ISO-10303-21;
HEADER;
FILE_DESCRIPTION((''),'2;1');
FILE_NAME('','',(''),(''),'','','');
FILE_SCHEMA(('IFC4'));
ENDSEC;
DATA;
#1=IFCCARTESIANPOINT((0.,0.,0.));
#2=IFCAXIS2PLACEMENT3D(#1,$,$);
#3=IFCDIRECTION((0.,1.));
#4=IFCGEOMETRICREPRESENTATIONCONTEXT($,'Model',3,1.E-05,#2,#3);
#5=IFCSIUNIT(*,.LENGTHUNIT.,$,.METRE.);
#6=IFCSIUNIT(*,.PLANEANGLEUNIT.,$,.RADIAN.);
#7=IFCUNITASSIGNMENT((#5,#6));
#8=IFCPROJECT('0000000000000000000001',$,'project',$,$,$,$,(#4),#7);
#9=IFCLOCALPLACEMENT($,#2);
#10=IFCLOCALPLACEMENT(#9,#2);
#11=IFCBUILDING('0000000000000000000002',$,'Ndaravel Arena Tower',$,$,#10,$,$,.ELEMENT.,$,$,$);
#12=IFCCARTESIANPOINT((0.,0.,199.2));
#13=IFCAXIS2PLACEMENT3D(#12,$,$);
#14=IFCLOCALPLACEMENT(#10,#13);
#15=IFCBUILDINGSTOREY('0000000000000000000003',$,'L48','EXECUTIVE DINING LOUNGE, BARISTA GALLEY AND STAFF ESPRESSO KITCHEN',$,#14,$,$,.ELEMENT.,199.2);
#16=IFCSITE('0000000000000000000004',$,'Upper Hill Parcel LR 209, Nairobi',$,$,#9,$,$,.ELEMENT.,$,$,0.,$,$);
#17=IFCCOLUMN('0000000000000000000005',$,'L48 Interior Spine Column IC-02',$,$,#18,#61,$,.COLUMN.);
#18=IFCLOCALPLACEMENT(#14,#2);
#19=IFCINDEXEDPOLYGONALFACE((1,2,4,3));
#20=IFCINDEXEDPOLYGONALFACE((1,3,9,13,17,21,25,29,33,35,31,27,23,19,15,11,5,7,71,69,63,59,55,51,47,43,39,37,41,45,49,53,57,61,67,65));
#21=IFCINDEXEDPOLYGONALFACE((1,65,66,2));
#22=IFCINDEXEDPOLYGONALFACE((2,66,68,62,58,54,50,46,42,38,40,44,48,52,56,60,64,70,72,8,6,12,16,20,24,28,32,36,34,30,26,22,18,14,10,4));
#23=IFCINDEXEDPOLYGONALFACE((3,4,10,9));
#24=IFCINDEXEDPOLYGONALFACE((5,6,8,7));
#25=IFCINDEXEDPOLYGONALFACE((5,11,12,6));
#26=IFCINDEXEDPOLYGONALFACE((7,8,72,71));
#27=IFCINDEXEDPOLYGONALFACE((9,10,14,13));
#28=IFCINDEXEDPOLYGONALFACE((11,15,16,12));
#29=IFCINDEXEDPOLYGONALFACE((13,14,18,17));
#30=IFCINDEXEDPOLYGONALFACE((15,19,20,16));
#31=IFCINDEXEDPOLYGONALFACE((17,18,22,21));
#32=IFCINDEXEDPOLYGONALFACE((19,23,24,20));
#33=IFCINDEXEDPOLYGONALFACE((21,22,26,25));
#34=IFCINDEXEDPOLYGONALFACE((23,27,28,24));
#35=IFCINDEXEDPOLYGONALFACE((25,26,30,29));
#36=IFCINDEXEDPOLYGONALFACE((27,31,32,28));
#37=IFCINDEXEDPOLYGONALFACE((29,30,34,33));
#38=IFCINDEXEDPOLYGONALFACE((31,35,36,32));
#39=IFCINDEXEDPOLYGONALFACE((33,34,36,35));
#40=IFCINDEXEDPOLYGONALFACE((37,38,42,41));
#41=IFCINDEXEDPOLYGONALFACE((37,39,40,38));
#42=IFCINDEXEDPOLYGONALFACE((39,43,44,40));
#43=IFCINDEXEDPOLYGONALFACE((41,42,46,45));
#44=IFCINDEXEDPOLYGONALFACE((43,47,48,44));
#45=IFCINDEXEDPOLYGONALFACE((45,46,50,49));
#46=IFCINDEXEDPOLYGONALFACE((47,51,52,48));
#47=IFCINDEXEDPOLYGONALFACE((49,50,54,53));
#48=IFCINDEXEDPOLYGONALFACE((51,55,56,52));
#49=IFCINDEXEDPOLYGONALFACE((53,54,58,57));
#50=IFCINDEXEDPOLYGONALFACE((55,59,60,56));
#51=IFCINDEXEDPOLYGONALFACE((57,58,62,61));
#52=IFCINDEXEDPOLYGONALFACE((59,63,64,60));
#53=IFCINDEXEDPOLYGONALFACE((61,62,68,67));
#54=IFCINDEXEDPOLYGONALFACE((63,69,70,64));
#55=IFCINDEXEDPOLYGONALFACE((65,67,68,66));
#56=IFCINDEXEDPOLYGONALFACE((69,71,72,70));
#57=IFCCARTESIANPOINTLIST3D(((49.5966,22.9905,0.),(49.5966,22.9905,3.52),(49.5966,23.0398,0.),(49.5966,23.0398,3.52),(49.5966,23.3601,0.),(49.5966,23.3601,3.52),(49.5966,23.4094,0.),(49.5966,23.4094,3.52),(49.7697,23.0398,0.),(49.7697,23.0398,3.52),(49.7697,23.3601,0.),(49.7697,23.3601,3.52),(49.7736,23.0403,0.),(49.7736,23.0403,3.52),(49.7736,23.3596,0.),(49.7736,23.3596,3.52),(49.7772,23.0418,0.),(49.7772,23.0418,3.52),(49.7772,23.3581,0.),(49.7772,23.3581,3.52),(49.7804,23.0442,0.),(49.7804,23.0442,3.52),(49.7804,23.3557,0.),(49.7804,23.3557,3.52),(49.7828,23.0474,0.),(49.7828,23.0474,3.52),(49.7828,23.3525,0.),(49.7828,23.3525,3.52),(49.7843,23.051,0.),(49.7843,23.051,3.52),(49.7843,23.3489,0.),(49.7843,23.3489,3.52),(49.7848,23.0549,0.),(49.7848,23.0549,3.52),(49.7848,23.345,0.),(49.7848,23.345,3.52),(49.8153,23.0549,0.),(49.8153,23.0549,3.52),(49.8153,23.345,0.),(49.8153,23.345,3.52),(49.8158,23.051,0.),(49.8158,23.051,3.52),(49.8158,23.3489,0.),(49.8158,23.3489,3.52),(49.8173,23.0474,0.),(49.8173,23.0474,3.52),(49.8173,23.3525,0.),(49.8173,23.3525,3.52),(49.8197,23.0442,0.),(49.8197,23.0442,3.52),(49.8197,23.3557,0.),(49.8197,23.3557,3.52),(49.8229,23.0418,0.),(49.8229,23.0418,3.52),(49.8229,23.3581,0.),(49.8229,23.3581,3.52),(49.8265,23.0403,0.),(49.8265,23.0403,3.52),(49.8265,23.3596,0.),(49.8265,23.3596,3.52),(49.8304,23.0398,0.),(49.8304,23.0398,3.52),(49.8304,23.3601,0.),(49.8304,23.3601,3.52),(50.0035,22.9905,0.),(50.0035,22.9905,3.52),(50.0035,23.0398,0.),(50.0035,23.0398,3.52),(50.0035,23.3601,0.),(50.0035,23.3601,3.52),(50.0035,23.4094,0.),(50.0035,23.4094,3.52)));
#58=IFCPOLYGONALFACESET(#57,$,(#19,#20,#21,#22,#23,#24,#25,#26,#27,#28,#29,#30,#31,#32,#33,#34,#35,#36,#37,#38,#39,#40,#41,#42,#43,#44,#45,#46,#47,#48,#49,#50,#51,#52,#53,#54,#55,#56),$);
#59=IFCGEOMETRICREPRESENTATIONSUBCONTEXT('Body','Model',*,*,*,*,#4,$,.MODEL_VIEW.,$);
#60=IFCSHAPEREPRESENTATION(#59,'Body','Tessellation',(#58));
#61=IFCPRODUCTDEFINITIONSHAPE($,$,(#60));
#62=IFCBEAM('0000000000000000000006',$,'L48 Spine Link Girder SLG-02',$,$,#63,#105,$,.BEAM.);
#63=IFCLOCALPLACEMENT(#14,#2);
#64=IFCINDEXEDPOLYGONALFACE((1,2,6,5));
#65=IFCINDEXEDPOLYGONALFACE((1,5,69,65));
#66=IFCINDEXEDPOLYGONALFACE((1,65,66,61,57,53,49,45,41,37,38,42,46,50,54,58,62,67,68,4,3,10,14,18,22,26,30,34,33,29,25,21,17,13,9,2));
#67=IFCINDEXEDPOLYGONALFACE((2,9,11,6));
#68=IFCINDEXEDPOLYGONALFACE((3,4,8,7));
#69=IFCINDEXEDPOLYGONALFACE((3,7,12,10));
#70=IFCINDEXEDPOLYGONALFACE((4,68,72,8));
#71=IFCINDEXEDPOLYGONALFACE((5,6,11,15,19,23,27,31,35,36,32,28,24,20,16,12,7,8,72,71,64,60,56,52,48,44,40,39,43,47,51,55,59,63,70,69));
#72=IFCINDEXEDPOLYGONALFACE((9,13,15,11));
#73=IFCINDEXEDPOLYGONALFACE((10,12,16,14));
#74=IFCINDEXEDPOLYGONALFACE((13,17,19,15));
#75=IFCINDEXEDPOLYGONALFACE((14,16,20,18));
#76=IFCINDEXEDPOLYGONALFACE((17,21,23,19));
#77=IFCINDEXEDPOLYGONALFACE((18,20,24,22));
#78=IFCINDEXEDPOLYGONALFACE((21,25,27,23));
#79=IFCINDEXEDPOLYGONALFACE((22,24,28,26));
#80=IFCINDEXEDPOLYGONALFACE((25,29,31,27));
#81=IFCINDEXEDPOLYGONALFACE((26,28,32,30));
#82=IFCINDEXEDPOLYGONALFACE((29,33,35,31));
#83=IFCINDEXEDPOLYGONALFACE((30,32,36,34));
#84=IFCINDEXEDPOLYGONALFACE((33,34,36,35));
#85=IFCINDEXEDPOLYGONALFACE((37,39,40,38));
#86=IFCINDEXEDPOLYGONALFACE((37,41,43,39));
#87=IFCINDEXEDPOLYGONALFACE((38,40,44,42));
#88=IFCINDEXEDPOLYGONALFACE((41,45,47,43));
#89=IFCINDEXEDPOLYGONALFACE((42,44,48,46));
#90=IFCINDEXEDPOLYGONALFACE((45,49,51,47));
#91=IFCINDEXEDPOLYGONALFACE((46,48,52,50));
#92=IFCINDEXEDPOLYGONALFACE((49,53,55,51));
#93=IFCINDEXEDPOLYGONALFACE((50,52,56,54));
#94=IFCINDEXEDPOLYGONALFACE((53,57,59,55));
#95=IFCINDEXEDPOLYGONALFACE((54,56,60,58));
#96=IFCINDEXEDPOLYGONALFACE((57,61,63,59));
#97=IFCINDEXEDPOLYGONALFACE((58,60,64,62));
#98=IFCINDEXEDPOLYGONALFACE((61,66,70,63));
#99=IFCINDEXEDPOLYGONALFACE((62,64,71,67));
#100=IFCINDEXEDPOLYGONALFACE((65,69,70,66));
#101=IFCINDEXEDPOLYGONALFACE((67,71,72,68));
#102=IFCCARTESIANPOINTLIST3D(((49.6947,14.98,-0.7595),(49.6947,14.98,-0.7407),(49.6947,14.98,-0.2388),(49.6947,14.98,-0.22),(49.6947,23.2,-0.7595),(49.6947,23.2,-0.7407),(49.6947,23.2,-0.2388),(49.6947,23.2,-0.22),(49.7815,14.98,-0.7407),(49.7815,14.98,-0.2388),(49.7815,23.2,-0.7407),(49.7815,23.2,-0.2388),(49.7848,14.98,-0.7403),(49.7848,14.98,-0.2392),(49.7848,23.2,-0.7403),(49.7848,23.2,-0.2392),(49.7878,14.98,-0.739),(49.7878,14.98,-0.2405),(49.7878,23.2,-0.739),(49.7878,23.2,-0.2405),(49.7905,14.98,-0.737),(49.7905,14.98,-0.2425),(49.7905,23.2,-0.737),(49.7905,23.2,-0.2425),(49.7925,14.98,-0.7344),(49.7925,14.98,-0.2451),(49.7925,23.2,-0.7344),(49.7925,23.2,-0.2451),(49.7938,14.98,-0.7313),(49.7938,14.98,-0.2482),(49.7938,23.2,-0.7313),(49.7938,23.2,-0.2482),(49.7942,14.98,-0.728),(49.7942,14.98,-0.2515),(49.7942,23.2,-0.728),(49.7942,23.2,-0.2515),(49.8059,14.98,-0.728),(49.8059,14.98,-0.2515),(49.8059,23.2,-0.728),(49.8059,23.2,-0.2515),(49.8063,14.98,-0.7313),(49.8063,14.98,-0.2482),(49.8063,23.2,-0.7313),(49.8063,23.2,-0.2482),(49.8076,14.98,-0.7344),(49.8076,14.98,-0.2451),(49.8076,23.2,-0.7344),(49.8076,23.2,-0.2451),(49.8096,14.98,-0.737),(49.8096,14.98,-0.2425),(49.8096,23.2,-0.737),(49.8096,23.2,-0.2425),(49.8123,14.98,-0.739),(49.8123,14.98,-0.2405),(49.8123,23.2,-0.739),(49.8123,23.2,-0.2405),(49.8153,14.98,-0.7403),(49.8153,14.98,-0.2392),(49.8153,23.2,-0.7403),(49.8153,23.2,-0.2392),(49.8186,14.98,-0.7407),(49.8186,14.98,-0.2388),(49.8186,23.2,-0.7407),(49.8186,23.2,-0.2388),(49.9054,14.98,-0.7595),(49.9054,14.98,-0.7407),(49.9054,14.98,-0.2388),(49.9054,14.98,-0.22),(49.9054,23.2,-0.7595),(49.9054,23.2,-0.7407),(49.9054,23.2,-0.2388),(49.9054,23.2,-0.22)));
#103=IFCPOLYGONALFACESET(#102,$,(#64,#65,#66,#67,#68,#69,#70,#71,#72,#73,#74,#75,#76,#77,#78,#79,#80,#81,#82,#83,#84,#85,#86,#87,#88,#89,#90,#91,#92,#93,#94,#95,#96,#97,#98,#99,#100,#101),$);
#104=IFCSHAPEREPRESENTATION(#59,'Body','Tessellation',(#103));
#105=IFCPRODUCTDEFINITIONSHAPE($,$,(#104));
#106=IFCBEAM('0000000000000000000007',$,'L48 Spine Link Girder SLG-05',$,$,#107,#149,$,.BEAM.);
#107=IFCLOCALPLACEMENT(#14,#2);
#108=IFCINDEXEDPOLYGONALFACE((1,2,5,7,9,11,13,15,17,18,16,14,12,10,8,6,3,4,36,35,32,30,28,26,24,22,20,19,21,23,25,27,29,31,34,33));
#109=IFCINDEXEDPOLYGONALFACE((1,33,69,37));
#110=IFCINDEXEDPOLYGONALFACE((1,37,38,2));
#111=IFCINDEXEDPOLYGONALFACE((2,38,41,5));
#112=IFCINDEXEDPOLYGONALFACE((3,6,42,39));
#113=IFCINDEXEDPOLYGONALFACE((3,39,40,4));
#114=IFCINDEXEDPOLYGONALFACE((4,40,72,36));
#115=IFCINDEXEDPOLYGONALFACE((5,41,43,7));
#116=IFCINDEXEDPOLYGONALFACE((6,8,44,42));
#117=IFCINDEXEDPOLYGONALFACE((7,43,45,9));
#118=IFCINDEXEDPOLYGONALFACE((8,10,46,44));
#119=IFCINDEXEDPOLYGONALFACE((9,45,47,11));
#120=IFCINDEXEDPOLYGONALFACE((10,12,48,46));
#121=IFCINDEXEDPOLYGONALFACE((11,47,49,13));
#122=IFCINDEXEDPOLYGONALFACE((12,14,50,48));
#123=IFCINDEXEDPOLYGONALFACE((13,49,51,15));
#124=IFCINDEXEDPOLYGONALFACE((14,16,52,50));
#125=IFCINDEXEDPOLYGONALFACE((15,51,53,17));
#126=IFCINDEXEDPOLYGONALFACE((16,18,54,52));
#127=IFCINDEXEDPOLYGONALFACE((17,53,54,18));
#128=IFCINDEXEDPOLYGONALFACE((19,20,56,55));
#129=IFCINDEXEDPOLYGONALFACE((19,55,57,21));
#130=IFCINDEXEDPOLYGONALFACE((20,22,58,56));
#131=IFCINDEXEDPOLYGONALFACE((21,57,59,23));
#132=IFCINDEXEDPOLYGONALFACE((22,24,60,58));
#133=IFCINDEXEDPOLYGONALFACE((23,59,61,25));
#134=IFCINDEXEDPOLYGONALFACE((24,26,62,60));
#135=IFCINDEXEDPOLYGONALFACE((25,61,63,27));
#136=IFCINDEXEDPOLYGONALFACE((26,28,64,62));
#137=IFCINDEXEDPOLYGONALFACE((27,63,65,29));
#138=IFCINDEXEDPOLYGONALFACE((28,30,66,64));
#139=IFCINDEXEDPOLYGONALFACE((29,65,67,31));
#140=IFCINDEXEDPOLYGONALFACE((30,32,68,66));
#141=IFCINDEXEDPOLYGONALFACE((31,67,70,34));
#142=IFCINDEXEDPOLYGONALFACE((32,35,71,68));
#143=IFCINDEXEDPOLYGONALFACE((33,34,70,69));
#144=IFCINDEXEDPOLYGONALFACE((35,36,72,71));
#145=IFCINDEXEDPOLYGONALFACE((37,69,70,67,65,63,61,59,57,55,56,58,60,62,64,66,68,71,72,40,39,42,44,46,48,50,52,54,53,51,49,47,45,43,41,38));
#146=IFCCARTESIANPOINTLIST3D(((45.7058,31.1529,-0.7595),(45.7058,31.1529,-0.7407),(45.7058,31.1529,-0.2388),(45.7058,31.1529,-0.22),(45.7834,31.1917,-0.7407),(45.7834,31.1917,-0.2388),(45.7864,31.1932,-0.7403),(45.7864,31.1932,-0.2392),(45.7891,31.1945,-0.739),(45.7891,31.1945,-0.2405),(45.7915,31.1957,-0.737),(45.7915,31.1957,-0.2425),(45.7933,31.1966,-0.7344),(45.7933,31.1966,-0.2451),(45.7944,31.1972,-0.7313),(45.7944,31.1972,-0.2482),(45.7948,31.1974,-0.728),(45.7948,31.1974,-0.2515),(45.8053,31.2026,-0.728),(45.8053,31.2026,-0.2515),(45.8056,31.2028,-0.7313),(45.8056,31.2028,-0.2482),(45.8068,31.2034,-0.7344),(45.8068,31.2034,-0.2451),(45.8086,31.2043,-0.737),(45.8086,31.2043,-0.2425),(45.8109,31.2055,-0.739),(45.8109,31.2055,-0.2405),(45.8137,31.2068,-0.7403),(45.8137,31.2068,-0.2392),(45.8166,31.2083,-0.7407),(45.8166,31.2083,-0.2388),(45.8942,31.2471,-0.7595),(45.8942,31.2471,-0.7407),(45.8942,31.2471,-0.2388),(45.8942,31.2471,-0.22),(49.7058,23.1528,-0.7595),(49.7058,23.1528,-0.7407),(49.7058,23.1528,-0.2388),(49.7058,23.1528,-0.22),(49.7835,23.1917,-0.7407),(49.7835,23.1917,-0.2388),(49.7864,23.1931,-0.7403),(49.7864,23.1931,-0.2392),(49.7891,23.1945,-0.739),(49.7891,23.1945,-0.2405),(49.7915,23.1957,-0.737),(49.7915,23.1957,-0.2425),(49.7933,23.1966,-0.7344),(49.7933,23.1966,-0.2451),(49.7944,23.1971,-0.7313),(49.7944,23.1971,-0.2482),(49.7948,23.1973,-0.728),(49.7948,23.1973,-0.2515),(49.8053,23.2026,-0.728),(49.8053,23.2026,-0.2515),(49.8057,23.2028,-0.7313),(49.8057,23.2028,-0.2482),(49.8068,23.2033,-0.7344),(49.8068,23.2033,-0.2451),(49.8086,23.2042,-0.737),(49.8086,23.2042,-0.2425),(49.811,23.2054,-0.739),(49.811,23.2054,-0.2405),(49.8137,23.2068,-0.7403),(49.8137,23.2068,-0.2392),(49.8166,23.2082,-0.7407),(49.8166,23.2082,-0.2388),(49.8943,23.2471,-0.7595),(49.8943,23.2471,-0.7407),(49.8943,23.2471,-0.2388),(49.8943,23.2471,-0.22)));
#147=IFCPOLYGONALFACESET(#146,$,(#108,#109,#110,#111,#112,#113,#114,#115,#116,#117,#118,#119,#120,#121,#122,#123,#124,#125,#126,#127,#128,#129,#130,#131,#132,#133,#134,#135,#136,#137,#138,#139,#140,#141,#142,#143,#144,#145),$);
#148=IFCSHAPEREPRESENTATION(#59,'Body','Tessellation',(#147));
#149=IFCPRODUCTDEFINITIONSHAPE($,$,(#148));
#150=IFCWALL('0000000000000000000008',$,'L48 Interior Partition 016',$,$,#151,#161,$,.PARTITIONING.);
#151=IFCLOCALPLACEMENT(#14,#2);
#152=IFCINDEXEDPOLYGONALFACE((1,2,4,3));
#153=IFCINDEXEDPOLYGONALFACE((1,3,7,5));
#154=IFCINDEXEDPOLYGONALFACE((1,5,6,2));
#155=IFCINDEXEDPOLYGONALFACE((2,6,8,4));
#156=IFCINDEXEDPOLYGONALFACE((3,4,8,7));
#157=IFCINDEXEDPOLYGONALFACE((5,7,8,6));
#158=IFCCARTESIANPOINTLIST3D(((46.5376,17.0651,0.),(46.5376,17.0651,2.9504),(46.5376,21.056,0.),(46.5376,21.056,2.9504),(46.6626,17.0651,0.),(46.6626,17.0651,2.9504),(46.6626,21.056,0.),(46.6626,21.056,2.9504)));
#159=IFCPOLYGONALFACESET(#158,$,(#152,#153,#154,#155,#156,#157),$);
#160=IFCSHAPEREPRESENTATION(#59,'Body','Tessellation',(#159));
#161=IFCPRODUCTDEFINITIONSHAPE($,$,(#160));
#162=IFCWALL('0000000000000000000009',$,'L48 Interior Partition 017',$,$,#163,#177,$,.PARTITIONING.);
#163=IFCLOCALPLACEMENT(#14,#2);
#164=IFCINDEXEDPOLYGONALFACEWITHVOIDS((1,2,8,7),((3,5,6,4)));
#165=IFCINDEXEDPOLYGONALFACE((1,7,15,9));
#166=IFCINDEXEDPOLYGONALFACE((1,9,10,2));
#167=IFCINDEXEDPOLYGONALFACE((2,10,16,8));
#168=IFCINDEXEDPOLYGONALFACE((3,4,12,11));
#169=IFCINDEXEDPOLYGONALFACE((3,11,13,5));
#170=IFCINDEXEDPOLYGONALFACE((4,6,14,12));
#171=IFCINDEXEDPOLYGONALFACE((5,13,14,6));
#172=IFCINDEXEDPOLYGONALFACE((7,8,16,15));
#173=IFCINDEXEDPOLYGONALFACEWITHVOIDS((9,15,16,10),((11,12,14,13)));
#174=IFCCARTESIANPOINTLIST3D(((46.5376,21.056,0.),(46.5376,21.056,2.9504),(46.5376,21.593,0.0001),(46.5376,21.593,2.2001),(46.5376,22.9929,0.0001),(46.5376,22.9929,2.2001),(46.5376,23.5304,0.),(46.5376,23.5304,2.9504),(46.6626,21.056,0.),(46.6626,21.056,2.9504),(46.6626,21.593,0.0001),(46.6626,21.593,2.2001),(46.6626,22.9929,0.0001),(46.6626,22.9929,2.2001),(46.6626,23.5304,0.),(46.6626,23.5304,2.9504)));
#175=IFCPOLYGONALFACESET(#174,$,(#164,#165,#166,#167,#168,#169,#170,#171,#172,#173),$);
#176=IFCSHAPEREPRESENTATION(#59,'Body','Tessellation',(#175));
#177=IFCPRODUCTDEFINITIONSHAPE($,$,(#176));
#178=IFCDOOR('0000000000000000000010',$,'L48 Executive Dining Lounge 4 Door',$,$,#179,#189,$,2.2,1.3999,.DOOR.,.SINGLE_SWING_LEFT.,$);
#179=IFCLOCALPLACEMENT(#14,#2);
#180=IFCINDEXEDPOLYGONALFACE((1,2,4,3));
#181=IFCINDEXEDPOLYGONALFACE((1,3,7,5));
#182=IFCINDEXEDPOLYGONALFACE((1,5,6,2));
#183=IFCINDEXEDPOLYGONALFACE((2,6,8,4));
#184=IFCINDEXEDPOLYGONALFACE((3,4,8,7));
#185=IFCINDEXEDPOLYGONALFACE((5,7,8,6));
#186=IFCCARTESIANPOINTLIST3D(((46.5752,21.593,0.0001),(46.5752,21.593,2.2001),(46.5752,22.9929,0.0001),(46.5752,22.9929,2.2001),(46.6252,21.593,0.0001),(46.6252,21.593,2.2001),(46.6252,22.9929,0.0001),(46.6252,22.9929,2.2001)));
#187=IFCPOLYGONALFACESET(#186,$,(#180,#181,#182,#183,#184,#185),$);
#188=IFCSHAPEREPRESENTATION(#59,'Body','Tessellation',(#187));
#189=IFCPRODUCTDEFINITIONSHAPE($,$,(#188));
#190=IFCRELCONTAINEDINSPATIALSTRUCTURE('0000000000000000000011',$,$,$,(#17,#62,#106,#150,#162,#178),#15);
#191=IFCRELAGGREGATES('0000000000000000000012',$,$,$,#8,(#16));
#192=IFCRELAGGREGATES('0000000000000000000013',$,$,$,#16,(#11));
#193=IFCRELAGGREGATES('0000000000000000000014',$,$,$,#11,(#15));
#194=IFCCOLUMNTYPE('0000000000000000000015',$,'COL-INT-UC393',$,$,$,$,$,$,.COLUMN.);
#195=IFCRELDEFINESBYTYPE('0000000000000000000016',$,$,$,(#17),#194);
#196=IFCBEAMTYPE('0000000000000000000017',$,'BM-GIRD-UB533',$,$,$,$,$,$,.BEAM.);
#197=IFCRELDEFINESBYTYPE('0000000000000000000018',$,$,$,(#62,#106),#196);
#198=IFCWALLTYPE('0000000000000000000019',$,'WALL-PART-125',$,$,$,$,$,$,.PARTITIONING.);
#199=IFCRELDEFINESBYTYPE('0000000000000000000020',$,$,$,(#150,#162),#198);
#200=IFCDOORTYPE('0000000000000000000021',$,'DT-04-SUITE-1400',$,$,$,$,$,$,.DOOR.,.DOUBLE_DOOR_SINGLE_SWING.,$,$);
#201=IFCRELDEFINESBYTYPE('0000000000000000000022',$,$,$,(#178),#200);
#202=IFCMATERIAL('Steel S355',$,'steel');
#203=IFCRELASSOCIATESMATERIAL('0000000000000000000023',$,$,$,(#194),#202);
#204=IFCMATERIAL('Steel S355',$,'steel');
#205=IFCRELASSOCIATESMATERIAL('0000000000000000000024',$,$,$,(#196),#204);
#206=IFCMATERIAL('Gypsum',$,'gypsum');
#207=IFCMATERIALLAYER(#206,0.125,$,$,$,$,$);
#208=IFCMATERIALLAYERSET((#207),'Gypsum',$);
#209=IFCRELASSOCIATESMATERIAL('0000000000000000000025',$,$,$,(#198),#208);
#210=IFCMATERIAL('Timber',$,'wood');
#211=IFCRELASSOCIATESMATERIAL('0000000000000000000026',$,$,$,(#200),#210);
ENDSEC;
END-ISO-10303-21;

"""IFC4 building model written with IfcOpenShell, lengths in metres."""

from ifc_helpers import new_model, si_unit, direction, frame, frame_2d, origin, origin_2d, place, context, subcontext, project, spatial, rectangle, i_section, extrude, material, layer, layer_set, material_profile, profile_set, type_object, element, fill, save


model = new_model("IFC4")

# Units and contexts
model_context = context("Model", 3, precision=1e-05, world=origin(), true_north=direction((0.0, 1.0)))
body_context = subcontext(model_context, "Body", "Model", "MODEL_VIEW")
ifc_project = project(units=[si_unit("LENGTHUNIT", "METRE"), si_unit("PLANEANGLEUNIT", "RADIAN")], contexts=[model_context])

# Site, building, storey
site_placement = place(None, origin())
site = spatial("IfcSite", under=ifc_project, at=site_placement, Name="Upper Hill Parcel LR 209, Nairobi", CompositionType="ELEMENT", RefElevation=0.0)
building_placement = place(site_placement, origin())
building = spatial("IfcBuilding", under=site, at=building_placement, Name="Ndaravel Arena Tower", CompositionType="ELEMENT")
storey_placement = place(building_placement, frame((0.0, 0.0, 199.2)))
storey = spatial("IfcBuildingStorey", under=building, at=storey_placement, Name="L48", Description="EXECUTIVE DINING LOUNGE, BARISTA GALLEY AND STAFF ESPRESSO KITCHEN", CompositionType="ELEMENT", Elevation=199.2)

# Column
ifc_material_1 = material(Name="Steel S355", Category="steel")
ifc_material_profile_1 = material_profile(ifc_material_1, i_section(OverallWidth=0.407, OverallDepth=0.4189, WebThickness=0.0305, FlangeThickness=0.0493, FilletRadius=0.0151, at=origin_2d()), Name="UC 356x406x393")
ifc_profile_set_1 = profile_set([ifc_material_profile_1], Name="Steel S355")
column_type = type_object("IfcColumnType", Name="COL-INT-UC393", PredefinedType="COLUMN", material=ifc_profile_set_1)
column_placement = place(storey_placement, frame((49.8, 23.2, 0.0), z_axis=(0.0, 0.0, 1.0), x_axis=(1.0, 0.0, 0.0)))
element("IfcColumn", 1, at=column_placement, inside=storey, type_object=column_type, Name="L48 Interior Spine Column IC-02", PredefinedType="COLUMN", context=body_context, shape_type="SweptSolid", body=[
    extrude(i_section(OverallWidth=0.407, OverallDepth=0.4189, WebThickness=0.0305, FlangeThickness=0.0493, FilletRadius=0.0151, at=origin_2d()), origin(), (0.0, 0.0, 1.0), 3.52),
])

# Beams
ifc_material_2 = material(Name="Steel S355", Category="steel")
ifc_material_profile_2 = material_profile(ifc_material_2, i_section(OverallWidth=0.2107, OverallDepth=0.5396, WebThickness=0.0117, FlangeThickness=0.0188, FilletRadius=0.0127, at=origin_2d()), Name="UB 533x210x109")
ifc_profile_set_2 = profile_set([ifc_material_profile_2], Name="Steel S355")
beam_type = type_object("IfcBeamType", Name="BM-GIRD-UB533", PredefinedType="BEAM", material=ifc_profile_set_2)
beam_1_placement = place(storey_placement, frame((49.8, 14.98, -0.4897), z_axis=(0.0, 1.0, 0.0), x_axis=(-1.0, 0.0, 0.0)))
element("IfcBeam", 2, at=beam_1_placement, inside=storey, type_object=beam_type, Name="L48 Spine Link Girder SLG-02", PredefinedType="BEAM", context=body_context, shape_type="SweptSolid", body=[
    extrude(i_section(OverallWidth=0.2107, OverallDepth=0.5396, WebThickness=0.0117, FlangeThickness=0.0188, FilletRadius=0.0127, at=origin_2d()), origin(), (0.0, 0.0, 1.0), 8.22),
])
beam_2_placement = place(storey_placement, frame((49.8, 23.2, -0.4897), z_axis=(-0.447214, 0.894427, 0.0), x_axis=(-0.894427, -0.447214, 0.0)))
element("IfcBeam", 3, at=beam_2_placement, inside=storey, type_object=beam_type, Name="L48 Spine Link Girder SLG-05", PredefinedType="BEAM", context=body_context, shape_type="SweptSolid", body=[
    extrude(i_section(OverallWidth=0.2107, OverallDepth=0.5396, WebThickness=0.0117, FlangeThickness=0.0188, FilletRadius=0.0127, at=origin_2d()), origin(), (0.0, 0.0, 1.0), 8.9443),
])

# Wall
ifc_material_3 = material(Name="Gypsum", Category="gypsum")
ifc_layer_1 = layer(ifc_material_3, 0.125)
ifc_layer_set_1 = layer_set([ifc_layer_1], Name="Gypsum")
wall_type_1 = type_object("IfcWallType", Name="WALL-PART-125", PredefinedType="PARTITIONING", material=ifc_layer_set_1)
wall_1_placement = place(storey_placement, frame((46.6001, 17.0649, 0.0), z_axis=(0.0, 0.0, 1.0), x_axis=(0.0, 1.0, 0.0)))
element("IfcWall", 4, at=wall_1_placement, inside=storey, type_object=wall_type_1, Name="L48 Interior Partition 016", PredefinedType="PARTITIONING", context=body_context, shape_type="SweptSolid", body=[
    extrude(rectangle(XDim=3.991, YDim=0.125, at=frame_2d((1.9956, 0.0))), origin(), (0.0, 0.0, 1.0), 2.9504),
])

# Wall, opening, door
wall_2_placement = place(storey_placement, frame((46.6001, 21.0559, 0.0), z_axis=(0.0, 0.0, 1.0), x_axis=(0.0, 1.0, 0.0)))
wall_2 = element("IfcWall", 5, at=wall_2_placement, inside=storey, type_object=wall_type_1, Name="L48 Interior Partition 017", PredefinedType="PARTITIONING", context=body_context, shape_type="SweptSolid", body=[
    extrude(rectangle(XDim=2.4744, YDim=0.125, at=frame_2d((1.2373, 0.0))), origin(), (0.0, 0.0, 1.0), 2.9504),
])
opening_1_placement = place(wall_2_placement, frame((0.5371, 0.0, 0.0)))
opening_1 = element("IfcOpeningElement", 6, at=opening_1_placement, cuts=wall_2, PredefinedType="OPENING", context=body_context, shape_type="SweptSolid", body=[
    extrude(rectangle(XDim=1.3999, YDim=2.2, at=frame_2d((0.7, 1.1001))), frame((0.0, 0.0625, 0.0), z_axis=(0.0, -1.0, 0.0), x_axis=(1.0, 0.0, 0.0)), (0.0, 0.0, 1.0), 0.125),
])
ifc_material_4 = material(Name="Timber", Category="wood")
door_type_1 = type_object("IfcDoorType", Name="DT-04-SUITE-1400", OperationType="DOUBLE_DOOR_SINGLE_SWING", PredefinedType="DOOR", material=ifc_material_4)
door_1_placement = place(opening_1_placement, origin())
door_1 = element("IfcDoor", 7, at=door_1_placement, inside=storey, type_object=door_type_1, Name="L48 Executive Dining Lounge 4 Door", OperationType="SINGLE_SWING_LEFT", OverallHeight=2.2, OverallWidth=1.3999, PredefinedType="DOOR", context=body_context, shape_type="SweptSolid", body=[
    extrude(rectangle(XDim=1.3999, YDim=2.2, at=frame_2d((0.7, 1.1001))), frame((0.0, 0.0249, 0.0), z_axis=(0.0, -1.0, 0.0), x_axis=(1.0, 0.0, 0.0)), (0.0, 0.0, 1.0), 0.05),
])
fill(opening_1, door_1)

save(model, "model.ifc")
